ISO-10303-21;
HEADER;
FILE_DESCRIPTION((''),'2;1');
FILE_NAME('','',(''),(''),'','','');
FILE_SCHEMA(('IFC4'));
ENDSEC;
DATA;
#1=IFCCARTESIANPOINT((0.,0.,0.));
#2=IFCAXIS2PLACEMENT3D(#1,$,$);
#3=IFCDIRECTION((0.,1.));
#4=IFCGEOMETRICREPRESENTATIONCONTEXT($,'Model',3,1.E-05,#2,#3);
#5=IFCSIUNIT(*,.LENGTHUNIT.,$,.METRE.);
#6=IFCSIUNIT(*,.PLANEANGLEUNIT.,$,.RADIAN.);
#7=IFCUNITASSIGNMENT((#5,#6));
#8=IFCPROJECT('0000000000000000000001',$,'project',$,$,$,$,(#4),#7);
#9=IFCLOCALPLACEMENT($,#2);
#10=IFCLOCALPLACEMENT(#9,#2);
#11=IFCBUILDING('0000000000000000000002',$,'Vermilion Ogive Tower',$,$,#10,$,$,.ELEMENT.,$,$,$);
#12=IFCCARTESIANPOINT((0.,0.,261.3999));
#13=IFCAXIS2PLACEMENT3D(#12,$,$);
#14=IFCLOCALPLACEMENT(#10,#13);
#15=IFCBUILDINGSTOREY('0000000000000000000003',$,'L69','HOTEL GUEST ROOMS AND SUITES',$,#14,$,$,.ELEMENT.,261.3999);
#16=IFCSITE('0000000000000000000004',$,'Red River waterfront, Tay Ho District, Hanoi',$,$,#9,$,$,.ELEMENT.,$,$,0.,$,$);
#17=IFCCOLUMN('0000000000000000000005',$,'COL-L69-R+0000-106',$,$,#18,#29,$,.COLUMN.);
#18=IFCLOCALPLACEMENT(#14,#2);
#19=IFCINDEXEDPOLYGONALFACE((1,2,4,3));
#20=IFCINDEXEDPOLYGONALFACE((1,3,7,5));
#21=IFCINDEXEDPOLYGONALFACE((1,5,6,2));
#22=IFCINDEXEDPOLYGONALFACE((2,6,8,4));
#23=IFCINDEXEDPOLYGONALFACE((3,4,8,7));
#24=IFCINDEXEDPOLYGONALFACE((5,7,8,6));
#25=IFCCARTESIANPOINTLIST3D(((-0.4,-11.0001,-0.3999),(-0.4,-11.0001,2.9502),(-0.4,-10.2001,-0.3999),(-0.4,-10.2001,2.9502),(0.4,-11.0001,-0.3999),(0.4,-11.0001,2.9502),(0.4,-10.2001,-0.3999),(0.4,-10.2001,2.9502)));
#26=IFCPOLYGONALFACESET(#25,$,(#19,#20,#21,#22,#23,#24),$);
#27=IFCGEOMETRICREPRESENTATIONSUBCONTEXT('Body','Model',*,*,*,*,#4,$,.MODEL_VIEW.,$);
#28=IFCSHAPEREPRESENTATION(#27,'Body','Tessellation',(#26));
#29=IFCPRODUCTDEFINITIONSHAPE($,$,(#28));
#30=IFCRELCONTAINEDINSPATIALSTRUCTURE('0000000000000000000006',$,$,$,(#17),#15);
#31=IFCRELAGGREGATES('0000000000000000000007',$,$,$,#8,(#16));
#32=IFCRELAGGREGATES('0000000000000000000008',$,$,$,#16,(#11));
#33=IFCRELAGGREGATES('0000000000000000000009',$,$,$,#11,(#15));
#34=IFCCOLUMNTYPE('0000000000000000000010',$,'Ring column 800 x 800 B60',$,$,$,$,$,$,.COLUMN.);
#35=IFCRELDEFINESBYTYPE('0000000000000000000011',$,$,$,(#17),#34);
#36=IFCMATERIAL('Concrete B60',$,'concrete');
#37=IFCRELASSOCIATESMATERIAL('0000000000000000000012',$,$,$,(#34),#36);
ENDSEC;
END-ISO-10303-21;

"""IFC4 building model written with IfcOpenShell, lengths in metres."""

from ifc_helpers import new_model, si_unit, direction, frame, origin, origin_2d, place, context, subcontext, project, spatial, rectangle, extrude, material, material_profile, profile_set, type_object, element, save


model = new_model("IFC4")

# Units and contexts
model_context = context("Model", 3, precision=1e-05, world=origin(), true_north=direction((0.0, 1.0)))
body_context = subcontext(model_context, "Body", "Model", "MODEL_VIEW")
ifc_project = project(units=[si_unit("LENGTHUNIT", "METRE"), si_unit("PLANEANGLEUNIT", "RADIAN")], contexts=[model_context])

# Site, building, storey
site_placement = place(None, origin())
site = spatial("IfcSite", under=ifc_project, at=site_placement, Name="Red River waterfront, Tay Ho District, Hanoi", CompositionType="ELEMENT", RefElevation=0.0)
building_placement = place(site_placement, origin())
building = spatial("IfcBuilding", under=site, at=building_placement, Name="Vermilion Ogive Tower", CompositionType="ELEMENT")
storey_placement = place(building_placement, frame((0.0, 0.0, 261.3999)))
storey = spatial("IfcBuildingStorey", under=building, at=storey_placement, Name="L69", Description="HOTEL GUEST ROOMS AND SUITES", CompositionType="ELEMENT", Elevation=261.3999)

# Column
ifc_material_1 = material(Name="Concrete B60", Category="concrete")
ifc_material_profile = material_profile(ifc_material_1, rectangle(XDim=0.8, YDim=0.8, at=origin_2d()), Name="800 x 800")
ifc_profile_set = profile_set([ifc_material_profile], Name="Concrete B60")
column_type = type_object("IfcColumnType", Name="Ring column 800 x 800 B60", PredefinedType="COLUMN", material=ifc_profile_set)
column_placement = place(storey_placement, frame((0.0, -10.6001, -0.3999), z_axis=(0.0, 0.0, 1.0), x_axis=(1.0, 0.0, 0.0)))
element("IfcColumn", 1, at=column_placement, inside=storey, type_object=column_type, Name="COL-L69-R+0000-106", PredefinedType="COLUMN", context=body_context, shape_type="SweptSolid", body=[
    extrude(rectangle(XDim=0.8, YDim=0.8, at=origin_2d()), origin(), (0.0, 0.0, 1.0), 3.3501),
])

save(model, "model.ifc")
